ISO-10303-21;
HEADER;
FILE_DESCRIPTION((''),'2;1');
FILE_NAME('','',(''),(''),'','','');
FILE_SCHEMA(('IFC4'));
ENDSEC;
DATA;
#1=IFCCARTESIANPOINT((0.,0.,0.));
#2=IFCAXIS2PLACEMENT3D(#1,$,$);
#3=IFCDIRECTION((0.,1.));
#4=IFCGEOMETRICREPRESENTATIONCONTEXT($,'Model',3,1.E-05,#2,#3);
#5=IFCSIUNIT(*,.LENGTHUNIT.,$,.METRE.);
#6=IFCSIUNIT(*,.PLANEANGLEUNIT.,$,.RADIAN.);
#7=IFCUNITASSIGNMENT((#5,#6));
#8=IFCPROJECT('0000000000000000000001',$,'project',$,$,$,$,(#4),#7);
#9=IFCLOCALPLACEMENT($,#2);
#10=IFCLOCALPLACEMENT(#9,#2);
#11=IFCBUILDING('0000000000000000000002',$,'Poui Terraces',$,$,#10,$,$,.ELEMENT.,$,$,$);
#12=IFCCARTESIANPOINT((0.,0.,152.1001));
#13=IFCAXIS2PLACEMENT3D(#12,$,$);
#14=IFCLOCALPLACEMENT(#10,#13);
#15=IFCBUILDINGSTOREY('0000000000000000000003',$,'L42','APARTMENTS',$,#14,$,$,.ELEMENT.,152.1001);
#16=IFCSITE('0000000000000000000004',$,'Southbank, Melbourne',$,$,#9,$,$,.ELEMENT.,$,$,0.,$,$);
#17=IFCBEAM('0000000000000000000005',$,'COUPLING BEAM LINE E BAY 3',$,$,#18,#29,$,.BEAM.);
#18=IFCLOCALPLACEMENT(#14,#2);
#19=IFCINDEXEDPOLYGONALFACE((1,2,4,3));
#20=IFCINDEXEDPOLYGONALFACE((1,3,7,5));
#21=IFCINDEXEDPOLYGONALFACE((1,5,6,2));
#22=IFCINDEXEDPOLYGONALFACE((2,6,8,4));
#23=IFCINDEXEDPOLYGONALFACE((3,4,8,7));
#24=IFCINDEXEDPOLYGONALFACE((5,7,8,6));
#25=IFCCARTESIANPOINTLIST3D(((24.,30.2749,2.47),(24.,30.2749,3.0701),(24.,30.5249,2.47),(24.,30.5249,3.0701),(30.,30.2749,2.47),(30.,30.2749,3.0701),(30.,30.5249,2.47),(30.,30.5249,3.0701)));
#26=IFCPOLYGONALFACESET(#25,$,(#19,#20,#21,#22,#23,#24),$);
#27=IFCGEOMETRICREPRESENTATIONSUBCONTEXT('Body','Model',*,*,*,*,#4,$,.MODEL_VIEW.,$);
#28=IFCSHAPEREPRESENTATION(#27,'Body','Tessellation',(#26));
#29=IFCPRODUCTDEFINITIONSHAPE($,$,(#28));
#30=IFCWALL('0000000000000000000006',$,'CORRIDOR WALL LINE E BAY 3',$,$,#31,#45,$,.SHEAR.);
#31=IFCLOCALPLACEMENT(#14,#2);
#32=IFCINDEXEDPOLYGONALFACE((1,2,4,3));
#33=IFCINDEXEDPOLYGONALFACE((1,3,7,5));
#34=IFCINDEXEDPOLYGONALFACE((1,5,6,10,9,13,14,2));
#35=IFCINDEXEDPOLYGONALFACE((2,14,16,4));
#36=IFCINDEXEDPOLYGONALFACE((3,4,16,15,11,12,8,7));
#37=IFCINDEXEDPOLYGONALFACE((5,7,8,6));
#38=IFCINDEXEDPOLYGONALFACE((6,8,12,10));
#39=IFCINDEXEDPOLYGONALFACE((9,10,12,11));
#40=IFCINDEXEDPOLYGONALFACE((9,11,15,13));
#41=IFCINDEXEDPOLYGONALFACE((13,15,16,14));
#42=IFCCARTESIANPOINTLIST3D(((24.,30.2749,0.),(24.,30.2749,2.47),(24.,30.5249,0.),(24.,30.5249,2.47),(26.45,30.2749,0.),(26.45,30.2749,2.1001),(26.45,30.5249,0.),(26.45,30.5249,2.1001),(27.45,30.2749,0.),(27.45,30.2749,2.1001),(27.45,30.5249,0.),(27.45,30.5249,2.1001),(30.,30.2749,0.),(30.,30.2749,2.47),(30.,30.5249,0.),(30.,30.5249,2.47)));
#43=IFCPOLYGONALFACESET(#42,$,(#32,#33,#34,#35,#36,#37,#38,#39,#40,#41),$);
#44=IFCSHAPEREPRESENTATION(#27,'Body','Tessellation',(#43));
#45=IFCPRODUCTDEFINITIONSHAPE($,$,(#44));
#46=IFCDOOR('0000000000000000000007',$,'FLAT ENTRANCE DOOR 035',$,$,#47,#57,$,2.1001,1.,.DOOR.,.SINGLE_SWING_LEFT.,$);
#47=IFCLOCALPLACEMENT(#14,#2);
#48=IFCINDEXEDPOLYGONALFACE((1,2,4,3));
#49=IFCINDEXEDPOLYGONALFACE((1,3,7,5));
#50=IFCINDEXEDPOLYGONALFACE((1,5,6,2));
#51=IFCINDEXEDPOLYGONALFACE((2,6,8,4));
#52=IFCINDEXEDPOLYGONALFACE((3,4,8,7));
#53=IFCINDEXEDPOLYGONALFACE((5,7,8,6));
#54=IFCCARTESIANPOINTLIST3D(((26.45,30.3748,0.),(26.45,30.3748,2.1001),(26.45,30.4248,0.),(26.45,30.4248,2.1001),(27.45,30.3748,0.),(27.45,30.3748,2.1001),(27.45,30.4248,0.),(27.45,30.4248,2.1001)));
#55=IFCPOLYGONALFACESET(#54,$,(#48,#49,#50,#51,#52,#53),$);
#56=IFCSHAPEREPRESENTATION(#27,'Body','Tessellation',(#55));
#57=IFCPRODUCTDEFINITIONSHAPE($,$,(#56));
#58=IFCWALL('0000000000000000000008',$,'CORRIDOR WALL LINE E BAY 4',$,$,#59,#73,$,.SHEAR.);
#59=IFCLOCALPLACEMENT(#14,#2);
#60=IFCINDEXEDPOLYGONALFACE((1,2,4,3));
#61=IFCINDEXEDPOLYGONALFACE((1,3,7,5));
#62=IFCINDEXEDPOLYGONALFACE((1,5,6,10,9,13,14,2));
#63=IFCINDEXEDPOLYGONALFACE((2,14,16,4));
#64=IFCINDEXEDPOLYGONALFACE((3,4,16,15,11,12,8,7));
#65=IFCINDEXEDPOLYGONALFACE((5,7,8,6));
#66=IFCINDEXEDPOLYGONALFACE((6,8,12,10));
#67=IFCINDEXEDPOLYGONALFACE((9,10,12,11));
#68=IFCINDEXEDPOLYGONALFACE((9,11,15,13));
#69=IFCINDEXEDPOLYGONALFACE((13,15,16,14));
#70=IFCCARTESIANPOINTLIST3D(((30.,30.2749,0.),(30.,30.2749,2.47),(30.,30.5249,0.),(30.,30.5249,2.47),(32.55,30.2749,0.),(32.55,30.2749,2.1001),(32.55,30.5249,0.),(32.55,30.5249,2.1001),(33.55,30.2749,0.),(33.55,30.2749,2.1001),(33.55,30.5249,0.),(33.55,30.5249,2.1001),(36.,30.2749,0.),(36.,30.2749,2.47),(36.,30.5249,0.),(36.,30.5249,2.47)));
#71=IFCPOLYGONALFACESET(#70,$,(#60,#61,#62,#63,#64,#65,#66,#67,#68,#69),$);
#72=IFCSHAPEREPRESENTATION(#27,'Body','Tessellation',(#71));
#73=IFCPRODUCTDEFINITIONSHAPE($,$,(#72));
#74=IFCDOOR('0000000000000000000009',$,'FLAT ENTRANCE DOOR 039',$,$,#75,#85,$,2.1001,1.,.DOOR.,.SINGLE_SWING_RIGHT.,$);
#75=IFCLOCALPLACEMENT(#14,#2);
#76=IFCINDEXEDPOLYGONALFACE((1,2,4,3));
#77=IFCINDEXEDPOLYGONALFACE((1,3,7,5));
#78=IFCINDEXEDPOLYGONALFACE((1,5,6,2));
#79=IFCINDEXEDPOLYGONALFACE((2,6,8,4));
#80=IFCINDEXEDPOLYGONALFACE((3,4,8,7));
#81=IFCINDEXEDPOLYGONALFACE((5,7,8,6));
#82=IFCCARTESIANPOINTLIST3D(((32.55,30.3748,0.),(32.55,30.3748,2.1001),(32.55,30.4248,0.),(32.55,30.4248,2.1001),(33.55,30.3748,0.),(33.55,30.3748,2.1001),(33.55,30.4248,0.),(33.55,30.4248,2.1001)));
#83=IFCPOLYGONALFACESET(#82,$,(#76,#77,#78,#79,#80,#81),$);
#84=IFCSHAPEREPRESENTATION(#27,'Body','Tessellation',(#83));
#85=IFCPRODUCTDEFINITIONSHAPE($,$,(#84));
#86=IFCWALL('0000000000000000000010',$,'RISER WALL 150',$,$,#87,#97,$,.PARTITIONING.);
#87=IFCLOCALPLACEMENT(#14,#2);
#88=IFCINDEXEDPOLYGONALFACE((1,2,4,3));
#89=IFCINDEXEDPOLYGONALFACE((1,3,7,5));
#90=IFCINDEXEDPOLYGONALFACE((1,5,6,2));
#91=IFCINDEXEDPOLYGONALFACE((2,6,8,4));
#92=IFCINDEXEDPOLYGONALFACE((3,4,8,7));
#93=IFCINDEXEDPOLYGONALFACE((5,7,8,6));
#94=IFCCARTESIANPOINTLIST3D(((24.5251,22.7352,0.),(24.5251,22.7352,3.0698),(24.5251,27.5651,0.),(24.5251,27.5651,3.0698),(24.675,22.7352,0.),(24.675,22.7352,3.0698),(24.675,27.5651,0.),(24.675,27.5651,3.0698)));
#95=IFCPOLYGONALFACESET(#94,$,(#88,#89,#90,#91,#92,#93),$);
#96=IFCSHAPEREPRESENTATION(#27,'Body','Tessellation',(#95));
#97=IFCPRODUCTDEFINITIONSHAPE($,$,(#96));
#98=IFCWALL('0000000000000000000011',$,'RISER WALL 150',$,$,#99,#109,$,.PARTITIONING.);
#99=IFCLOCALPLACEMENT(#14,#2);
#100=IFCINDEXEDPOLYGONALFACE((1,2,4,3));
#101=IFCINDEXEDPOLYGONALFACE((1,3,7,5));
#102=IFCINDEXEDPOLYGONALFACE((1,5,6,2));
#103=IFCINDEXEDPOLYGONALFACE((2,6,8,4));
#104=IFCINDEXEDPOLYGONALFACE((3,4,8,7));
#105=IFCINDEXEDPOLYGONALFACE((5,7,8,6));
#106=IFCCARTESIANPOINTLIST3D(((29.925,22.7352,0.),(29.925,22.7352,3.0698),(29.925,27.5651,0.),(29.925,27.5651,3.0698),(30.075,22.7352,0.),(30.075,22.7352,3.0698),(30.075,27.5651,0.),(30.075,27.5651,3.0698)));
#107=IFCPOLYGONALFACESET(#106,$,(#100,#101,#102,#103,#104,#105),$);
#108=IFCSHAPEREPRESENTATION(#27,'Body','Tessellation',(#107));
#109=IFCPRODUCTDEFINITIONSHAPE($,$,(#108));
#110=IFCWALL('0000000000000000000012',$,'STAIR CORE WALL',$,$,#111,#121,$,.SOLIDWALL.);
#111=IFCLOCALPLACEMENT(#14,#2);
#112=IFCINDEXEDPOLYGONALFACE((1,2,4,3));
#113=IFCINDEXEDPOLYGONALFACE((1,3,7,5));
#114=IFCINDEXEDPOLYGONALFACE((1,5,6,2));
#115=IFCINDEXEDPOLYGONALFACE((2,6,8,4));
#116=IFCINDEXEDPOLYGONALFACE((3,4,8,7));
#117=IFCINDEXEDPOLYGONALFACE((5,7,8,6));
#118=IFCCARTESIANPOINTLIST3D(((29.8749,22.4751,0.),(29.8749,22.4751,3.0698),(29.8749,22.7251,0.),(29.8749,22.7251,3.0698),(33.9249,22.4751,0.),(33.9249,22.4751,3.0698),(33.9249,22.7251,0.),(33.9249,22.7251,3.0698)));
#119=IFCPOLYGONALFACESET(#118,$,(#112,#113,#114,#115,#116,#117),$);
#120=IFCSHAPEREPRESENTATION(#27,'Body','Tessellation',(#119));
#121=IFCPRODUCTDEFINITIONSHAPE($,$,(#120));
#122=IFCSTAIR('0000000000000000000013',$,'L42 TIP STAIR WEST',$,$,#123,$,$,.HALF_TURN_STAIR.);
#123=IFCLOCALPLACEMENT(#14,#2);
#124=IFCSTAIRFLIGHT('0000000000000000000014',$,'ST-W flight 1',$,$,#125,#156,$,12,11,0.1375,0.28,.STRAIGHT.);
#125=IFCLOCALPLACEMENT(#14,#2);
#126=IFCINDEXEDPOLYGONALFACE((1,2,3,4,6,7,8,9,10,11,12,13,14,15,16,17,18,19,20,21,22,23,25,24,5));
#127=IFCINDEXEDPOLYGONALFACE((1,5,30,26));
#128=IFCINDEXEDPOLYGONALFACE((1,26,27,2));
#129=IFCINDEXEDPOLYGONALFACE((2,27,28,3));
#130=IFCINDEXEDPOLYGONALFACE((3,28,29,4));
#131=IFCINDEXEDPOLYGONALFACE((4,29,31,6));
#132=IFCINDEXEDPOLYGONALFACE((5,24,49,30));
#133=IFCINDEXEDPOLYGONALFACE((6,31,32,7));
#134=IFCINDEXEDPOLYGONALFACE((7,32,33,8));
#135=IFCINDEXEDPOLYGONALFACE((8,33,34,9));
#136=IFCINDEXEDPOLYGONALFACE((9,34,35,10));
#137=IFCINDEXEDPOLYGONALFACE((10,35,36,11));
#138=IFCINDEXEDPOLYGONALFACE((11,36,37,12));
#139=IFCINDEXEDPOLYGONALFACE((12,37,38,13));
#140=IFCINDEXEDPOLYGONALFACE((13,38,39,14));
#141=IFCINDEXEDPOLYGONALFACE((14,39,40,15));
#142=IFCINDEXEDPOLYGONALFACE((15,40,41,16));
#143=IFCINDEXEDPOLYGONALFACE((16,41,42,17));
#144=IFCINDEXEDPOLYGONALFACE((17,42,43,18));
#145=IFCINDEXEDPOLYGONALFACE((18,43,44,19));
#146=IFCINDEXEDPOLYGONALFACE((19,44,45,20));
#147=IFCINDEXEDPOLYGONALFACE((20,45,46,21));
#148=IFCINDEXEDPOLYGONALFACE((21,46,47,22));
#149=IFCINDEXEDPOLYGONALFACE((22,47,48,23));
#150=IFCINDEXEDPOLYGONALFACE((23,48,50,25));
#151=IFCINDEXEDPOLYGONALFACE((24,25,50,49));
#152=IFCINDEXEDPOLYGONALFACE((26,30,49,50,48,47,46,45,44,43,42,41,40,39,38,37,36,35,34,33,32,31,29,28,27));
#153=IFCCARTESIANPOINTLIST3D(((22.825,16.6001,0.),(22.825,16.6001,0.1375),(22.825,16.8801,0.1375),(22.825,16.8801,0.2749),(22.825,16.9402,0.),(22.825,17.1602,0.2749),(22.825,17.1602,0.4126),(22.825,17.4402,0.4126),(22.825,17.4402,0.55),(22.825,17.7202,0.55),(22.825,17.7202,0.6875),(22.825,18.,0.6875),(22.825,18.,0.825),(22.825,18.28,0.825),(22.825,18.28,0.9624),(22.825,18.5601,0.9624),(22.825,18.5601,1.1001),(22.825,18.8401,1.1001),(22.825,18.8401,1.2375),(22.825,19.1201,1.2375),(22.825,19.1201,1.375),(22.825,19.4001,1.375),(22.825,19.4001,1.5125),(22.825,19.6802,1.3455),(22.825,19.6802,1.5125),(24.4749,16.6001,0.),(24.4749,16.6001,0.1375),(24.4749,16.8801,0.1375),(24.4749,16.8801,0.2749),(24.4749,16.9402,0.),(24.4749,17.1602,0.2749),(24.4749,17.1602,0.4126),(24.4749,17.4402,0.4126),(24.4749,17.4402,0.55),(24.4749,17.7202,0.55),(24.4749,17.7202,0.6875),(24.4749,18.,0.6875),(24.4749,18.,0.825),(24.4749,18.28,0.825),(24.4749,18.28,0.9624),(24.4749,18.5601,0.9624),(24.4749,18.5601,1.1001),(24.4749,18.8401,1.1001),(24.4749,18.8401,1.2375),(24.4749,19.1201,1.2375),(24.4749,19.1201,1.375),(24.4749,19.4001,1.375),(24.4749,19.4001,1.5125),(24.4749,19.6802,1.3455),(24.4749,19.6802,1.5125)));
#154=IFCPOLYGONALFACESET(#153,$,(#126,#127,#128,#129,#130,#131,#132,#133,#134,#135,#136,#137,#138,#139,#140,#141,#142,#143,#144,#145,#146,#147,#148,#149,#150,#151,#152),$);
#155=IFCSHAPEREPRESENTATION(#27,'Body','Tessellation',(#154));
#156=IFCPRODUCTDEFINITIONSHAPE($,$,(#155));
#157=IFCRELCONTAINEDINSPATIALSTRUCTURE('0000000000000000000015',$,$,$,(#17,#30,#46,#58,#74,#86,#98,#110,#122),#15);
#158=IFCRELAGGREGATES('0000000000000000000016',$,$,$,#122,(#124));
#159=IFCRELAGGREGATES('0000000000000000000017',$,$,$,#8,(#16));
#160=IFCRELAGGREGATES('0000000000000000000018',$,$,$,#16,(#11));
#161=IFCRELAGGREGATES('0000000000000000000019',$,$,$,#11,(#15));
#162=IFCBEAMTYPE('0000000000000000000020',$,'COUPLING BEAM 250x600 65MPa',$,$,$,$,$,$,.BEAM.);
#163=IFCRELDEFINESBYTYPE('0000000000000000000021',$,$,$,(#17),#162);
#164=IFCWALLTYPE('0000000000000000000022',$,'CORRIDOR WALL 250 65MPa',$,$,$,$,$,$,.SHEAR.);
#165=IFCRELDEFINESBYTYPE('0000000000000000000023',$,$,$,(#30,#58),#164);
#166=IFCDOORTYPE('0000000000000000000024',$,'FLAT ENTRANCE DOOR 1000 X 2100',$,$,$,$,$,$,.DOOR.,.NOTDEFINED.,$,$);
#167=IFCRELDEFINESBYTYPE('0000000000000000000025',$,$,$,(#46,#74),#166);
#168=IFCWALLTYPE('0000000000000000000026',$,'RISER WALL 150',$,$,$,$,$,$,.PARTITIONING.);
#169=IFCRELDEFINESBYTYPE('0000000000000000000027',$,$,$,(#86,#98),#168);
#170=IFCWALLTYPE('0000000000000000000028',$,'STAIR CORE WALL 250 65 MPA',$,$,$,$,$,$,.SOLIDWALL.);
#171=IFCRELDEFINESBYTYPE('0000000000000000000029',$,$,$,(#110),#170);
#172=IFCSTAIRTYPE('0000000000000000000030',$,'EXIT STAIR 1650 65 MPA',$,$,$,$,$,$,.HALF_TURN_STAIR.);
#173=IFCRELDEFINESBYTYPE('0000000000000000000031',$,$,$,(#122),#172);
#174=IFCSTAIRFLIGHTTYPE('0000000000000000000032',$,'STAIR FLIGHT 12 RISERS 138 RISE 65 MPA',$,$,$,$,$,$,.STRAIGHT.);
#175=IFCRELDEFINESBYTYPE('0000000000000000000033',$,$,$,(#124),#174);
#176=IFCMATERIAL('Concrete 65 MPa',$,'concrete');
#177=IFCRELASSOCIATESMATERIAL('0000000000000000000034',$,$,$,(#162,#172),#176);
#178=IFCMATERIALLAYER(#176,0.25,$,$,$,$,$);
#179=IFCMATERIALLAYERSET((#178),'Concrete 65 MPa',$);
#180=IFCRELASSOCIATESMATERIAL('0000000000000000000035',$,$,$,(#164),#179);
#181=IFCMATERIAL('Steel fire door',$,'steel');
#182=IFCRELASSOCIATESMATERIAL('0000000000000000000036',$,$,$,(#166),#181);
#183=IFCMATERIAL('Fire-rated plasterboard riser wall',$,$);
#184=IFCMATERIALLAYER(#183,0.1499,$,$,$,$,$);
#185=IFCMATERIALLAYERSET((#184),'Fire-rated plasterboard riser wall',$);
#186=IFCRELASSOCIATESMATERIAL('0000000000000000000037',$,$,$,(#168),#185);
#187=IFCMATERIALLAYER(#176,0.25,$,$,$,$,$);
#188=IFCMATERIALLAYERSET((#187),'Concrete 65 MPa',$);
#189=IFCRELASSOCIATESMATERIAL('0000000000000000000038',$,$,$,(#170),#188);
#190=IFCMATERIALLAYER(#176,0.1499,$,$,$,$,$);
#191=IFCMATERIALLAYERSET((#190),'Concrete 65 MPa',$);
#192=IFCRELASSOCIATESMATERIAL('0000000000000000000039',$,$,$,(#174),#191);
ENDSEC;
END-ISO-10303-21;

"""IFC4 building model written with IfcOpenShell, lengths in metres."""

from ifc_helpers import new_model, si_unit, direction, frame, frame_2d, origin, origin_2d, place, context, subcontext, project, spatial, polyline, rectangle, outline, extrude, source, transform, mapped, material, layer, layer_set, material_profile, profile_set, type_object, element, fill, aggregate, save


model = new_model("IFC4")

# Units and contexts
model_context = context("Model", 3, precision=1e-05, world=origin(), true_north=direction((0.0, 1.0)))
body_context = subcontext(model_context, "Body", "Model", "MODEL_VIEW")
ifc_project = project(units=[si_unit("LENGTHUNIT", "METRE"), si_unit("PLANEANGLEUNIT", "RADIAN")], contexts=[model_context])

# Site, building, storey
site_placement = place(None, origin())
site = spatial("IfcSite", under=ifc_project, at=site_placement, Name="Southbank, Melbourne", CompositionType="ELEMENT", RefElevation=0.0)
building_placement = place(site_placement, origin())
building = spatial("IfcBuilding", under=site, at=building_placement, Name="Poui Terraces", CompositionType="ELEMENT")
storey_placement = place(building_placement, frame((0.0, 0.0, 152.1001)))
storey = spatial("IfcBuildingStorey", under=building, at=storey_placement, Name="L42", Description="APARTMENTS", CompositionType="ELEMENT", Elevation=152.1001)

# Beam
ifc_material_1 = material(Name="Concrete 65 MPa", Category="concrete")
ifc_material_profile = material_profile(ifc_material_1, rectangle(XDim=0.25, YDim=0.6001, at=origin_2d()), Name="RC 250x600")
ifc_profile_set = profile_set([ifc_material_profile], Name="Concrete 65 MPa")
beam_type = type_object("IfcBeamType", Name="COUPLING BEAM 250x600 65MPa", PredefinedType="BEAM", material=ifc_profile_set)
shared_shape = source(origin(), body_context, "Body", "SweptSolid", [
    extrude(rectangle(XDim=0.25, YDim=0.6001, at=origin_2d()), origin(), (0.0, 0.0, 1.0), 6.0),
])
beam_placement = place(storey_placement, frame((24.0, 30.3999, 2.77), z_axis=(1.0, 0.0, 0.0), x_axis=(0.0, 1.0, 0.0)))
element("IfcBeam", 1, at=beam_placement, inside=storey, type_object=beam_type, Name="COUPLING BEAM LINE E BAY 3", PredefinedType="BEAM", context=body_context, shape_type="MappedRepresentation", body=[
    mapped(shared_shape, transform((0.0, 0.0, 0.0))),
])

# Walls, openings, doors
ifc_layer_1 = layer(ifc_material_1, 0.25)
ifc_layer_set_1 = layer_set([ifc_layer_1], Name="Concrete 65 MPa")
wall_type_1 = type_object("IfcWallType", Name="CORRIDOR WALL 250 65MPa", PredefinedType="SHEAR", material=ifc_layer_set_1)
wall_1_placement = place(storey_placement, frame((24.0, 30.3999, 0.0), z_axis=(0.0, 0.0, 1.0), x_axis=(1.0, 0.0, 0.0)))
wall_1 = element("IfcWall", 2, at=wall_1_placement, inside=storey, type_object=wall_type_1, Name="CORRIDOR WALL LINE E BAY 3", PredefinedType="SHEAR", context=body_context, shape_type="SweptSolid", body=[
    extrude(rectangle(XDim=6.0, YDim=0.25, at=frame_2d((3.0, 0.0))), origin(), (0.0, 0.0, 1.0), 2.47),
])
opening_1_placement = place(wall_1_placement, frame((2.45, 0.0, 0.0)))
opening_1 = element("IfcOpeningElement", 3, at=opening_1_placement, cuts=wall_1, PredefinedType="OPENING", context=body_context, shape_type="SweptSolid", body=[
    extrude(rectangle(XDim=1.0, YDim=2.1001, at=frame_2d((0.5, 1.05))), frame((0.0, 0.135, 0.0), z_axis=(0.0, -1.0, 0.0), x_axis=(1.0, 0.0, 0.0)), (0.0, 0.0, 1.0), 0.27),
])
ifc_material_2 = material(Name="Steel fire door", Category="steel")
door_type = type_object("IfcDoorType", Name="FLAT ENTRANCE DOOR 1000 X 2100", OperationType="NOTDEFINED", PredefinedType="DOOR", material=ifc_material_2)
door_1_placement = place(opening_1_placement, origin())
door_1 = element("IfcDoor", 4, at=door_1_placement, inside=storey, type_object=door_type, Name="FLAT ENTRANCE DOOR 035", OperationType="SINGLE_SWING_LEFT", OverallHeight=2.1001, OverallWidth=1.0, PredefinedType="DOOR", context=body_context, shape_type="SweptSolid", body=[
    extrude(rectangle(XDim=1.0, YDim=2.1001, at=frame_2d((0.5, 1.05))), frame((0.0, 0.0249, 0.0), z_axis=(0.0, -1.0, 0.0), x_axis=(1.0, 0.0, 0.0)), (0.0, 0.0, 1.0), 0.05),
])
fill(opening_1, door_1)
wall_2_placement = place(storey_placement, frame((30.0, 30.3999, 0.0), z_axis=(0.0, 0.0, 1.0), x_axis=(1.0, 0.0, 0.0)))
wall_2 = element("IfcWall", 5, at=wall_2_placement, inside=storey, type_object=wall_type_1, Name="CORRIDOR WALL LINE E BAY 4", PredefinedType="SHEAR", context=body_context, shape_type="SweptSolid", body=[
    extrude(rectangle(XDim=6.0, YDim=0.25, at=frame_2d((3.0, 0.0))), origin(), (0.0, 0.0, 1.0), 2.47),
])
opening_2_placement = place(wall_2_placement, frame((2.55, 0.0, 0.0)))
opening_2 = element("IfcOpeningElement", 6, at=opening_2_placement, cuts=wall_2, PredefinedType="OPENING", context=body_context, shape_type="SweptSolid", body=[
    extrude(rectangle(XDim=1.0, YDim=2.1001, at=frame_2d((0.5, 1.05))), frame((0.0, 0.135, 0.0), z_axis=(0.0, -1.0, 0.0), x_axis=(1.0, 0.0, 0.0)), (0.0, 0.0, 1.0), 0.27),
])
door_2_placement = place(opening_2_placement, origin())
door_2 = element("IfcDoor", 7, at=door_2_placement, inside=storey, type_object=door_type, Name="FLAT ENTRANCE DOOR 039", OperationType="SINGLE_SWING_RIGHT", OverallHeight=2.1001, OverallWidth=1.0, PredefinedType="DOOR", context=body_context, shape_type="SweptSolid", body=[
    extrude(rectangle(XDim=1.0, YDim=2.1001, at=frame_2d((0.5, 1.05))), frame((0.0, 0.0249, 0.0), z_axis=(0.0, -1.0, 0.0), x_axis=(1.0, 0.0, 0.0)), (0.0, 0.0, 1.0), 0.05),
])
fill(opening_2, door_2)

# Walls
ifc_material_3 = material(Name="Fire-rated plasterboard riser wall")
ifc_layer_2 = layer(ifc_material_3, 0.1499)
ifc_layer_set_2 = layer_set([ifc_layer_2], Name="Fire-rated plasterboard riser wall")
wall_type_2 = type_object("IfcWallType", Name="RISER WALL 150", PredefinedType="PARTITIONING", material=ifc_layer_set_2)
for number, where, z_axis, x_axis, name in (
    (8, (24.6001, 22.7351, 0.0), (0.0, 0.0, 1.0), (0.0, 1.0, 0.0), "RISER WALL 150"),
    (9, (30.0, 22.7351, 0.0), (0.0, 0.0, 1.0), (0.0, 1.0, 0.0), "RISER WALL 150"),
):
    element("IfcWall", number, at=place(storey_placement, frame(where, z_axis=z_axis, x_axis=x_axis)), inside=storey, type_object=wall_type_2, Name=name, PredefinedType="PARTITIONING", context=body_context, shape_type="SweptSolid", body=[
        extrude(rectangle(XDim=4.8298, YDim=0.1499, at=frame_2d((2.415, 0.0))), origin(), (0.0, 0.0, 1.0), 3.0698),
    ])
ifc_layer_3 = layer(ifc_material_1, 0.25)
ifc_layer_set_3 = layer_set([ifc_layer_3], Name="Concrete 65 MPa")
wall_type_3 = type_object("IfcWallType", Name="STAIR CORE WALL 250 65 MPA", PredefinedType="SOLIDWALL", material=ifc_layer_set_3)
wall_3_placement = place(storey_placement, frame((29.875, 22.6001, 0.0), z_axis=(0.0, 0.0, 1.0), x_axis=(1.0, 0.0, 0.0)))
element("IfcWall", 10, at=wall_3_placement, inside=storey, type_object=wall_type_3, Name="STAIR CORE WALL", PredefinedType="SOLIDWALL", context=body_context, shape_type="SweptSolid", body=[
    extrude(rectangle(XDim=4.05, YDim=0.25, at=frame_2d((2.0249, 0.0))), origin(), (0.0, 0.0, 1.0), 3.0698),
])

# Stair, stair flight
stair_type = type_object("IfcStairType", Name="EXIT STAIR 1650 65 MPA", PredefinedType="HALF_TURN_STAIR", material=ifc_material_1)
stair_placement = place(storey_placement, origin())
stair = element("IfcStair", 11, at=stair_placement, inside=storey, type_object=stair_type, Name="L42 TIP STAIR WEST", PredefinedType="HALF_TURN_STAIR")
ifc_layer_4 = layer(ifc_material_1, 0.1499)
ifc_layer_set_4 = layer_set([ifc_layer_4], Name="Concrete 65 MPa")
stair_flight_type = type_object("IfcStairFlightType", Name="STAIR FLIGHT 12 RISERS 138 RISE 65 MPA", PredefinedType="STRAIGHT", material=ifc_layer_set_4)
stair_flight_placement = place(storey_placement, frame((23.6499, 16.6001, 0.0), z_axis=(0.0, 0.0, 1.0), x_axis=(0.0, 1.0, 0.0)))
stair_flight = element("IfcStairFlight", 12, at=stair_flight_placement, type_object=stair_flight_type, Name="ST-W flight 1", NumberOfRisers=12, NumberOfTreads=11, PredefinedType="STRAIGHT", RiserHeight=0.1375, TreadLength=0.28, context=body_context, shape_type="SweptSolid", body=[
    extrude(outline(polyline([(0.0, 0.0), (0.0, 0.1375), (0.28, 0.1375), (0.28, 0.2749), (0.5601, 0.2749), (0.5601, 0.4126), (0.8401, 0.4126), (0.8401, 0.55), (1.1201, 0.55), (1.1201, 0.6875), (1.3999, 0.6875), (1.3999, 0.825), (1.6799, 0.825), (1.6799, 0.9624), (1.96, 0.9624), (1.96, 1.1001), (2.24, 1.1001), (2.24, 1.2375), (2.52, 1.2375), (2.52, 1.375), (2.8, 1.375), (2.8, 1.5125), (3.0801, 1.5125), (3.0801, 1.6499), (3.0801, 1.3455), (0.3401, 0.0), (0.0, 0.0)])), frame((0.0, 0.825, 0.0), z_axis=(0.0, -1.0, 0.0), x_axis=(1.0, 0.0, 0.0)), (0.0, 0.0, 1.0), 1.6499),
])
aggregate(stair, [stair_flight])

save(model, "model.ifc")
